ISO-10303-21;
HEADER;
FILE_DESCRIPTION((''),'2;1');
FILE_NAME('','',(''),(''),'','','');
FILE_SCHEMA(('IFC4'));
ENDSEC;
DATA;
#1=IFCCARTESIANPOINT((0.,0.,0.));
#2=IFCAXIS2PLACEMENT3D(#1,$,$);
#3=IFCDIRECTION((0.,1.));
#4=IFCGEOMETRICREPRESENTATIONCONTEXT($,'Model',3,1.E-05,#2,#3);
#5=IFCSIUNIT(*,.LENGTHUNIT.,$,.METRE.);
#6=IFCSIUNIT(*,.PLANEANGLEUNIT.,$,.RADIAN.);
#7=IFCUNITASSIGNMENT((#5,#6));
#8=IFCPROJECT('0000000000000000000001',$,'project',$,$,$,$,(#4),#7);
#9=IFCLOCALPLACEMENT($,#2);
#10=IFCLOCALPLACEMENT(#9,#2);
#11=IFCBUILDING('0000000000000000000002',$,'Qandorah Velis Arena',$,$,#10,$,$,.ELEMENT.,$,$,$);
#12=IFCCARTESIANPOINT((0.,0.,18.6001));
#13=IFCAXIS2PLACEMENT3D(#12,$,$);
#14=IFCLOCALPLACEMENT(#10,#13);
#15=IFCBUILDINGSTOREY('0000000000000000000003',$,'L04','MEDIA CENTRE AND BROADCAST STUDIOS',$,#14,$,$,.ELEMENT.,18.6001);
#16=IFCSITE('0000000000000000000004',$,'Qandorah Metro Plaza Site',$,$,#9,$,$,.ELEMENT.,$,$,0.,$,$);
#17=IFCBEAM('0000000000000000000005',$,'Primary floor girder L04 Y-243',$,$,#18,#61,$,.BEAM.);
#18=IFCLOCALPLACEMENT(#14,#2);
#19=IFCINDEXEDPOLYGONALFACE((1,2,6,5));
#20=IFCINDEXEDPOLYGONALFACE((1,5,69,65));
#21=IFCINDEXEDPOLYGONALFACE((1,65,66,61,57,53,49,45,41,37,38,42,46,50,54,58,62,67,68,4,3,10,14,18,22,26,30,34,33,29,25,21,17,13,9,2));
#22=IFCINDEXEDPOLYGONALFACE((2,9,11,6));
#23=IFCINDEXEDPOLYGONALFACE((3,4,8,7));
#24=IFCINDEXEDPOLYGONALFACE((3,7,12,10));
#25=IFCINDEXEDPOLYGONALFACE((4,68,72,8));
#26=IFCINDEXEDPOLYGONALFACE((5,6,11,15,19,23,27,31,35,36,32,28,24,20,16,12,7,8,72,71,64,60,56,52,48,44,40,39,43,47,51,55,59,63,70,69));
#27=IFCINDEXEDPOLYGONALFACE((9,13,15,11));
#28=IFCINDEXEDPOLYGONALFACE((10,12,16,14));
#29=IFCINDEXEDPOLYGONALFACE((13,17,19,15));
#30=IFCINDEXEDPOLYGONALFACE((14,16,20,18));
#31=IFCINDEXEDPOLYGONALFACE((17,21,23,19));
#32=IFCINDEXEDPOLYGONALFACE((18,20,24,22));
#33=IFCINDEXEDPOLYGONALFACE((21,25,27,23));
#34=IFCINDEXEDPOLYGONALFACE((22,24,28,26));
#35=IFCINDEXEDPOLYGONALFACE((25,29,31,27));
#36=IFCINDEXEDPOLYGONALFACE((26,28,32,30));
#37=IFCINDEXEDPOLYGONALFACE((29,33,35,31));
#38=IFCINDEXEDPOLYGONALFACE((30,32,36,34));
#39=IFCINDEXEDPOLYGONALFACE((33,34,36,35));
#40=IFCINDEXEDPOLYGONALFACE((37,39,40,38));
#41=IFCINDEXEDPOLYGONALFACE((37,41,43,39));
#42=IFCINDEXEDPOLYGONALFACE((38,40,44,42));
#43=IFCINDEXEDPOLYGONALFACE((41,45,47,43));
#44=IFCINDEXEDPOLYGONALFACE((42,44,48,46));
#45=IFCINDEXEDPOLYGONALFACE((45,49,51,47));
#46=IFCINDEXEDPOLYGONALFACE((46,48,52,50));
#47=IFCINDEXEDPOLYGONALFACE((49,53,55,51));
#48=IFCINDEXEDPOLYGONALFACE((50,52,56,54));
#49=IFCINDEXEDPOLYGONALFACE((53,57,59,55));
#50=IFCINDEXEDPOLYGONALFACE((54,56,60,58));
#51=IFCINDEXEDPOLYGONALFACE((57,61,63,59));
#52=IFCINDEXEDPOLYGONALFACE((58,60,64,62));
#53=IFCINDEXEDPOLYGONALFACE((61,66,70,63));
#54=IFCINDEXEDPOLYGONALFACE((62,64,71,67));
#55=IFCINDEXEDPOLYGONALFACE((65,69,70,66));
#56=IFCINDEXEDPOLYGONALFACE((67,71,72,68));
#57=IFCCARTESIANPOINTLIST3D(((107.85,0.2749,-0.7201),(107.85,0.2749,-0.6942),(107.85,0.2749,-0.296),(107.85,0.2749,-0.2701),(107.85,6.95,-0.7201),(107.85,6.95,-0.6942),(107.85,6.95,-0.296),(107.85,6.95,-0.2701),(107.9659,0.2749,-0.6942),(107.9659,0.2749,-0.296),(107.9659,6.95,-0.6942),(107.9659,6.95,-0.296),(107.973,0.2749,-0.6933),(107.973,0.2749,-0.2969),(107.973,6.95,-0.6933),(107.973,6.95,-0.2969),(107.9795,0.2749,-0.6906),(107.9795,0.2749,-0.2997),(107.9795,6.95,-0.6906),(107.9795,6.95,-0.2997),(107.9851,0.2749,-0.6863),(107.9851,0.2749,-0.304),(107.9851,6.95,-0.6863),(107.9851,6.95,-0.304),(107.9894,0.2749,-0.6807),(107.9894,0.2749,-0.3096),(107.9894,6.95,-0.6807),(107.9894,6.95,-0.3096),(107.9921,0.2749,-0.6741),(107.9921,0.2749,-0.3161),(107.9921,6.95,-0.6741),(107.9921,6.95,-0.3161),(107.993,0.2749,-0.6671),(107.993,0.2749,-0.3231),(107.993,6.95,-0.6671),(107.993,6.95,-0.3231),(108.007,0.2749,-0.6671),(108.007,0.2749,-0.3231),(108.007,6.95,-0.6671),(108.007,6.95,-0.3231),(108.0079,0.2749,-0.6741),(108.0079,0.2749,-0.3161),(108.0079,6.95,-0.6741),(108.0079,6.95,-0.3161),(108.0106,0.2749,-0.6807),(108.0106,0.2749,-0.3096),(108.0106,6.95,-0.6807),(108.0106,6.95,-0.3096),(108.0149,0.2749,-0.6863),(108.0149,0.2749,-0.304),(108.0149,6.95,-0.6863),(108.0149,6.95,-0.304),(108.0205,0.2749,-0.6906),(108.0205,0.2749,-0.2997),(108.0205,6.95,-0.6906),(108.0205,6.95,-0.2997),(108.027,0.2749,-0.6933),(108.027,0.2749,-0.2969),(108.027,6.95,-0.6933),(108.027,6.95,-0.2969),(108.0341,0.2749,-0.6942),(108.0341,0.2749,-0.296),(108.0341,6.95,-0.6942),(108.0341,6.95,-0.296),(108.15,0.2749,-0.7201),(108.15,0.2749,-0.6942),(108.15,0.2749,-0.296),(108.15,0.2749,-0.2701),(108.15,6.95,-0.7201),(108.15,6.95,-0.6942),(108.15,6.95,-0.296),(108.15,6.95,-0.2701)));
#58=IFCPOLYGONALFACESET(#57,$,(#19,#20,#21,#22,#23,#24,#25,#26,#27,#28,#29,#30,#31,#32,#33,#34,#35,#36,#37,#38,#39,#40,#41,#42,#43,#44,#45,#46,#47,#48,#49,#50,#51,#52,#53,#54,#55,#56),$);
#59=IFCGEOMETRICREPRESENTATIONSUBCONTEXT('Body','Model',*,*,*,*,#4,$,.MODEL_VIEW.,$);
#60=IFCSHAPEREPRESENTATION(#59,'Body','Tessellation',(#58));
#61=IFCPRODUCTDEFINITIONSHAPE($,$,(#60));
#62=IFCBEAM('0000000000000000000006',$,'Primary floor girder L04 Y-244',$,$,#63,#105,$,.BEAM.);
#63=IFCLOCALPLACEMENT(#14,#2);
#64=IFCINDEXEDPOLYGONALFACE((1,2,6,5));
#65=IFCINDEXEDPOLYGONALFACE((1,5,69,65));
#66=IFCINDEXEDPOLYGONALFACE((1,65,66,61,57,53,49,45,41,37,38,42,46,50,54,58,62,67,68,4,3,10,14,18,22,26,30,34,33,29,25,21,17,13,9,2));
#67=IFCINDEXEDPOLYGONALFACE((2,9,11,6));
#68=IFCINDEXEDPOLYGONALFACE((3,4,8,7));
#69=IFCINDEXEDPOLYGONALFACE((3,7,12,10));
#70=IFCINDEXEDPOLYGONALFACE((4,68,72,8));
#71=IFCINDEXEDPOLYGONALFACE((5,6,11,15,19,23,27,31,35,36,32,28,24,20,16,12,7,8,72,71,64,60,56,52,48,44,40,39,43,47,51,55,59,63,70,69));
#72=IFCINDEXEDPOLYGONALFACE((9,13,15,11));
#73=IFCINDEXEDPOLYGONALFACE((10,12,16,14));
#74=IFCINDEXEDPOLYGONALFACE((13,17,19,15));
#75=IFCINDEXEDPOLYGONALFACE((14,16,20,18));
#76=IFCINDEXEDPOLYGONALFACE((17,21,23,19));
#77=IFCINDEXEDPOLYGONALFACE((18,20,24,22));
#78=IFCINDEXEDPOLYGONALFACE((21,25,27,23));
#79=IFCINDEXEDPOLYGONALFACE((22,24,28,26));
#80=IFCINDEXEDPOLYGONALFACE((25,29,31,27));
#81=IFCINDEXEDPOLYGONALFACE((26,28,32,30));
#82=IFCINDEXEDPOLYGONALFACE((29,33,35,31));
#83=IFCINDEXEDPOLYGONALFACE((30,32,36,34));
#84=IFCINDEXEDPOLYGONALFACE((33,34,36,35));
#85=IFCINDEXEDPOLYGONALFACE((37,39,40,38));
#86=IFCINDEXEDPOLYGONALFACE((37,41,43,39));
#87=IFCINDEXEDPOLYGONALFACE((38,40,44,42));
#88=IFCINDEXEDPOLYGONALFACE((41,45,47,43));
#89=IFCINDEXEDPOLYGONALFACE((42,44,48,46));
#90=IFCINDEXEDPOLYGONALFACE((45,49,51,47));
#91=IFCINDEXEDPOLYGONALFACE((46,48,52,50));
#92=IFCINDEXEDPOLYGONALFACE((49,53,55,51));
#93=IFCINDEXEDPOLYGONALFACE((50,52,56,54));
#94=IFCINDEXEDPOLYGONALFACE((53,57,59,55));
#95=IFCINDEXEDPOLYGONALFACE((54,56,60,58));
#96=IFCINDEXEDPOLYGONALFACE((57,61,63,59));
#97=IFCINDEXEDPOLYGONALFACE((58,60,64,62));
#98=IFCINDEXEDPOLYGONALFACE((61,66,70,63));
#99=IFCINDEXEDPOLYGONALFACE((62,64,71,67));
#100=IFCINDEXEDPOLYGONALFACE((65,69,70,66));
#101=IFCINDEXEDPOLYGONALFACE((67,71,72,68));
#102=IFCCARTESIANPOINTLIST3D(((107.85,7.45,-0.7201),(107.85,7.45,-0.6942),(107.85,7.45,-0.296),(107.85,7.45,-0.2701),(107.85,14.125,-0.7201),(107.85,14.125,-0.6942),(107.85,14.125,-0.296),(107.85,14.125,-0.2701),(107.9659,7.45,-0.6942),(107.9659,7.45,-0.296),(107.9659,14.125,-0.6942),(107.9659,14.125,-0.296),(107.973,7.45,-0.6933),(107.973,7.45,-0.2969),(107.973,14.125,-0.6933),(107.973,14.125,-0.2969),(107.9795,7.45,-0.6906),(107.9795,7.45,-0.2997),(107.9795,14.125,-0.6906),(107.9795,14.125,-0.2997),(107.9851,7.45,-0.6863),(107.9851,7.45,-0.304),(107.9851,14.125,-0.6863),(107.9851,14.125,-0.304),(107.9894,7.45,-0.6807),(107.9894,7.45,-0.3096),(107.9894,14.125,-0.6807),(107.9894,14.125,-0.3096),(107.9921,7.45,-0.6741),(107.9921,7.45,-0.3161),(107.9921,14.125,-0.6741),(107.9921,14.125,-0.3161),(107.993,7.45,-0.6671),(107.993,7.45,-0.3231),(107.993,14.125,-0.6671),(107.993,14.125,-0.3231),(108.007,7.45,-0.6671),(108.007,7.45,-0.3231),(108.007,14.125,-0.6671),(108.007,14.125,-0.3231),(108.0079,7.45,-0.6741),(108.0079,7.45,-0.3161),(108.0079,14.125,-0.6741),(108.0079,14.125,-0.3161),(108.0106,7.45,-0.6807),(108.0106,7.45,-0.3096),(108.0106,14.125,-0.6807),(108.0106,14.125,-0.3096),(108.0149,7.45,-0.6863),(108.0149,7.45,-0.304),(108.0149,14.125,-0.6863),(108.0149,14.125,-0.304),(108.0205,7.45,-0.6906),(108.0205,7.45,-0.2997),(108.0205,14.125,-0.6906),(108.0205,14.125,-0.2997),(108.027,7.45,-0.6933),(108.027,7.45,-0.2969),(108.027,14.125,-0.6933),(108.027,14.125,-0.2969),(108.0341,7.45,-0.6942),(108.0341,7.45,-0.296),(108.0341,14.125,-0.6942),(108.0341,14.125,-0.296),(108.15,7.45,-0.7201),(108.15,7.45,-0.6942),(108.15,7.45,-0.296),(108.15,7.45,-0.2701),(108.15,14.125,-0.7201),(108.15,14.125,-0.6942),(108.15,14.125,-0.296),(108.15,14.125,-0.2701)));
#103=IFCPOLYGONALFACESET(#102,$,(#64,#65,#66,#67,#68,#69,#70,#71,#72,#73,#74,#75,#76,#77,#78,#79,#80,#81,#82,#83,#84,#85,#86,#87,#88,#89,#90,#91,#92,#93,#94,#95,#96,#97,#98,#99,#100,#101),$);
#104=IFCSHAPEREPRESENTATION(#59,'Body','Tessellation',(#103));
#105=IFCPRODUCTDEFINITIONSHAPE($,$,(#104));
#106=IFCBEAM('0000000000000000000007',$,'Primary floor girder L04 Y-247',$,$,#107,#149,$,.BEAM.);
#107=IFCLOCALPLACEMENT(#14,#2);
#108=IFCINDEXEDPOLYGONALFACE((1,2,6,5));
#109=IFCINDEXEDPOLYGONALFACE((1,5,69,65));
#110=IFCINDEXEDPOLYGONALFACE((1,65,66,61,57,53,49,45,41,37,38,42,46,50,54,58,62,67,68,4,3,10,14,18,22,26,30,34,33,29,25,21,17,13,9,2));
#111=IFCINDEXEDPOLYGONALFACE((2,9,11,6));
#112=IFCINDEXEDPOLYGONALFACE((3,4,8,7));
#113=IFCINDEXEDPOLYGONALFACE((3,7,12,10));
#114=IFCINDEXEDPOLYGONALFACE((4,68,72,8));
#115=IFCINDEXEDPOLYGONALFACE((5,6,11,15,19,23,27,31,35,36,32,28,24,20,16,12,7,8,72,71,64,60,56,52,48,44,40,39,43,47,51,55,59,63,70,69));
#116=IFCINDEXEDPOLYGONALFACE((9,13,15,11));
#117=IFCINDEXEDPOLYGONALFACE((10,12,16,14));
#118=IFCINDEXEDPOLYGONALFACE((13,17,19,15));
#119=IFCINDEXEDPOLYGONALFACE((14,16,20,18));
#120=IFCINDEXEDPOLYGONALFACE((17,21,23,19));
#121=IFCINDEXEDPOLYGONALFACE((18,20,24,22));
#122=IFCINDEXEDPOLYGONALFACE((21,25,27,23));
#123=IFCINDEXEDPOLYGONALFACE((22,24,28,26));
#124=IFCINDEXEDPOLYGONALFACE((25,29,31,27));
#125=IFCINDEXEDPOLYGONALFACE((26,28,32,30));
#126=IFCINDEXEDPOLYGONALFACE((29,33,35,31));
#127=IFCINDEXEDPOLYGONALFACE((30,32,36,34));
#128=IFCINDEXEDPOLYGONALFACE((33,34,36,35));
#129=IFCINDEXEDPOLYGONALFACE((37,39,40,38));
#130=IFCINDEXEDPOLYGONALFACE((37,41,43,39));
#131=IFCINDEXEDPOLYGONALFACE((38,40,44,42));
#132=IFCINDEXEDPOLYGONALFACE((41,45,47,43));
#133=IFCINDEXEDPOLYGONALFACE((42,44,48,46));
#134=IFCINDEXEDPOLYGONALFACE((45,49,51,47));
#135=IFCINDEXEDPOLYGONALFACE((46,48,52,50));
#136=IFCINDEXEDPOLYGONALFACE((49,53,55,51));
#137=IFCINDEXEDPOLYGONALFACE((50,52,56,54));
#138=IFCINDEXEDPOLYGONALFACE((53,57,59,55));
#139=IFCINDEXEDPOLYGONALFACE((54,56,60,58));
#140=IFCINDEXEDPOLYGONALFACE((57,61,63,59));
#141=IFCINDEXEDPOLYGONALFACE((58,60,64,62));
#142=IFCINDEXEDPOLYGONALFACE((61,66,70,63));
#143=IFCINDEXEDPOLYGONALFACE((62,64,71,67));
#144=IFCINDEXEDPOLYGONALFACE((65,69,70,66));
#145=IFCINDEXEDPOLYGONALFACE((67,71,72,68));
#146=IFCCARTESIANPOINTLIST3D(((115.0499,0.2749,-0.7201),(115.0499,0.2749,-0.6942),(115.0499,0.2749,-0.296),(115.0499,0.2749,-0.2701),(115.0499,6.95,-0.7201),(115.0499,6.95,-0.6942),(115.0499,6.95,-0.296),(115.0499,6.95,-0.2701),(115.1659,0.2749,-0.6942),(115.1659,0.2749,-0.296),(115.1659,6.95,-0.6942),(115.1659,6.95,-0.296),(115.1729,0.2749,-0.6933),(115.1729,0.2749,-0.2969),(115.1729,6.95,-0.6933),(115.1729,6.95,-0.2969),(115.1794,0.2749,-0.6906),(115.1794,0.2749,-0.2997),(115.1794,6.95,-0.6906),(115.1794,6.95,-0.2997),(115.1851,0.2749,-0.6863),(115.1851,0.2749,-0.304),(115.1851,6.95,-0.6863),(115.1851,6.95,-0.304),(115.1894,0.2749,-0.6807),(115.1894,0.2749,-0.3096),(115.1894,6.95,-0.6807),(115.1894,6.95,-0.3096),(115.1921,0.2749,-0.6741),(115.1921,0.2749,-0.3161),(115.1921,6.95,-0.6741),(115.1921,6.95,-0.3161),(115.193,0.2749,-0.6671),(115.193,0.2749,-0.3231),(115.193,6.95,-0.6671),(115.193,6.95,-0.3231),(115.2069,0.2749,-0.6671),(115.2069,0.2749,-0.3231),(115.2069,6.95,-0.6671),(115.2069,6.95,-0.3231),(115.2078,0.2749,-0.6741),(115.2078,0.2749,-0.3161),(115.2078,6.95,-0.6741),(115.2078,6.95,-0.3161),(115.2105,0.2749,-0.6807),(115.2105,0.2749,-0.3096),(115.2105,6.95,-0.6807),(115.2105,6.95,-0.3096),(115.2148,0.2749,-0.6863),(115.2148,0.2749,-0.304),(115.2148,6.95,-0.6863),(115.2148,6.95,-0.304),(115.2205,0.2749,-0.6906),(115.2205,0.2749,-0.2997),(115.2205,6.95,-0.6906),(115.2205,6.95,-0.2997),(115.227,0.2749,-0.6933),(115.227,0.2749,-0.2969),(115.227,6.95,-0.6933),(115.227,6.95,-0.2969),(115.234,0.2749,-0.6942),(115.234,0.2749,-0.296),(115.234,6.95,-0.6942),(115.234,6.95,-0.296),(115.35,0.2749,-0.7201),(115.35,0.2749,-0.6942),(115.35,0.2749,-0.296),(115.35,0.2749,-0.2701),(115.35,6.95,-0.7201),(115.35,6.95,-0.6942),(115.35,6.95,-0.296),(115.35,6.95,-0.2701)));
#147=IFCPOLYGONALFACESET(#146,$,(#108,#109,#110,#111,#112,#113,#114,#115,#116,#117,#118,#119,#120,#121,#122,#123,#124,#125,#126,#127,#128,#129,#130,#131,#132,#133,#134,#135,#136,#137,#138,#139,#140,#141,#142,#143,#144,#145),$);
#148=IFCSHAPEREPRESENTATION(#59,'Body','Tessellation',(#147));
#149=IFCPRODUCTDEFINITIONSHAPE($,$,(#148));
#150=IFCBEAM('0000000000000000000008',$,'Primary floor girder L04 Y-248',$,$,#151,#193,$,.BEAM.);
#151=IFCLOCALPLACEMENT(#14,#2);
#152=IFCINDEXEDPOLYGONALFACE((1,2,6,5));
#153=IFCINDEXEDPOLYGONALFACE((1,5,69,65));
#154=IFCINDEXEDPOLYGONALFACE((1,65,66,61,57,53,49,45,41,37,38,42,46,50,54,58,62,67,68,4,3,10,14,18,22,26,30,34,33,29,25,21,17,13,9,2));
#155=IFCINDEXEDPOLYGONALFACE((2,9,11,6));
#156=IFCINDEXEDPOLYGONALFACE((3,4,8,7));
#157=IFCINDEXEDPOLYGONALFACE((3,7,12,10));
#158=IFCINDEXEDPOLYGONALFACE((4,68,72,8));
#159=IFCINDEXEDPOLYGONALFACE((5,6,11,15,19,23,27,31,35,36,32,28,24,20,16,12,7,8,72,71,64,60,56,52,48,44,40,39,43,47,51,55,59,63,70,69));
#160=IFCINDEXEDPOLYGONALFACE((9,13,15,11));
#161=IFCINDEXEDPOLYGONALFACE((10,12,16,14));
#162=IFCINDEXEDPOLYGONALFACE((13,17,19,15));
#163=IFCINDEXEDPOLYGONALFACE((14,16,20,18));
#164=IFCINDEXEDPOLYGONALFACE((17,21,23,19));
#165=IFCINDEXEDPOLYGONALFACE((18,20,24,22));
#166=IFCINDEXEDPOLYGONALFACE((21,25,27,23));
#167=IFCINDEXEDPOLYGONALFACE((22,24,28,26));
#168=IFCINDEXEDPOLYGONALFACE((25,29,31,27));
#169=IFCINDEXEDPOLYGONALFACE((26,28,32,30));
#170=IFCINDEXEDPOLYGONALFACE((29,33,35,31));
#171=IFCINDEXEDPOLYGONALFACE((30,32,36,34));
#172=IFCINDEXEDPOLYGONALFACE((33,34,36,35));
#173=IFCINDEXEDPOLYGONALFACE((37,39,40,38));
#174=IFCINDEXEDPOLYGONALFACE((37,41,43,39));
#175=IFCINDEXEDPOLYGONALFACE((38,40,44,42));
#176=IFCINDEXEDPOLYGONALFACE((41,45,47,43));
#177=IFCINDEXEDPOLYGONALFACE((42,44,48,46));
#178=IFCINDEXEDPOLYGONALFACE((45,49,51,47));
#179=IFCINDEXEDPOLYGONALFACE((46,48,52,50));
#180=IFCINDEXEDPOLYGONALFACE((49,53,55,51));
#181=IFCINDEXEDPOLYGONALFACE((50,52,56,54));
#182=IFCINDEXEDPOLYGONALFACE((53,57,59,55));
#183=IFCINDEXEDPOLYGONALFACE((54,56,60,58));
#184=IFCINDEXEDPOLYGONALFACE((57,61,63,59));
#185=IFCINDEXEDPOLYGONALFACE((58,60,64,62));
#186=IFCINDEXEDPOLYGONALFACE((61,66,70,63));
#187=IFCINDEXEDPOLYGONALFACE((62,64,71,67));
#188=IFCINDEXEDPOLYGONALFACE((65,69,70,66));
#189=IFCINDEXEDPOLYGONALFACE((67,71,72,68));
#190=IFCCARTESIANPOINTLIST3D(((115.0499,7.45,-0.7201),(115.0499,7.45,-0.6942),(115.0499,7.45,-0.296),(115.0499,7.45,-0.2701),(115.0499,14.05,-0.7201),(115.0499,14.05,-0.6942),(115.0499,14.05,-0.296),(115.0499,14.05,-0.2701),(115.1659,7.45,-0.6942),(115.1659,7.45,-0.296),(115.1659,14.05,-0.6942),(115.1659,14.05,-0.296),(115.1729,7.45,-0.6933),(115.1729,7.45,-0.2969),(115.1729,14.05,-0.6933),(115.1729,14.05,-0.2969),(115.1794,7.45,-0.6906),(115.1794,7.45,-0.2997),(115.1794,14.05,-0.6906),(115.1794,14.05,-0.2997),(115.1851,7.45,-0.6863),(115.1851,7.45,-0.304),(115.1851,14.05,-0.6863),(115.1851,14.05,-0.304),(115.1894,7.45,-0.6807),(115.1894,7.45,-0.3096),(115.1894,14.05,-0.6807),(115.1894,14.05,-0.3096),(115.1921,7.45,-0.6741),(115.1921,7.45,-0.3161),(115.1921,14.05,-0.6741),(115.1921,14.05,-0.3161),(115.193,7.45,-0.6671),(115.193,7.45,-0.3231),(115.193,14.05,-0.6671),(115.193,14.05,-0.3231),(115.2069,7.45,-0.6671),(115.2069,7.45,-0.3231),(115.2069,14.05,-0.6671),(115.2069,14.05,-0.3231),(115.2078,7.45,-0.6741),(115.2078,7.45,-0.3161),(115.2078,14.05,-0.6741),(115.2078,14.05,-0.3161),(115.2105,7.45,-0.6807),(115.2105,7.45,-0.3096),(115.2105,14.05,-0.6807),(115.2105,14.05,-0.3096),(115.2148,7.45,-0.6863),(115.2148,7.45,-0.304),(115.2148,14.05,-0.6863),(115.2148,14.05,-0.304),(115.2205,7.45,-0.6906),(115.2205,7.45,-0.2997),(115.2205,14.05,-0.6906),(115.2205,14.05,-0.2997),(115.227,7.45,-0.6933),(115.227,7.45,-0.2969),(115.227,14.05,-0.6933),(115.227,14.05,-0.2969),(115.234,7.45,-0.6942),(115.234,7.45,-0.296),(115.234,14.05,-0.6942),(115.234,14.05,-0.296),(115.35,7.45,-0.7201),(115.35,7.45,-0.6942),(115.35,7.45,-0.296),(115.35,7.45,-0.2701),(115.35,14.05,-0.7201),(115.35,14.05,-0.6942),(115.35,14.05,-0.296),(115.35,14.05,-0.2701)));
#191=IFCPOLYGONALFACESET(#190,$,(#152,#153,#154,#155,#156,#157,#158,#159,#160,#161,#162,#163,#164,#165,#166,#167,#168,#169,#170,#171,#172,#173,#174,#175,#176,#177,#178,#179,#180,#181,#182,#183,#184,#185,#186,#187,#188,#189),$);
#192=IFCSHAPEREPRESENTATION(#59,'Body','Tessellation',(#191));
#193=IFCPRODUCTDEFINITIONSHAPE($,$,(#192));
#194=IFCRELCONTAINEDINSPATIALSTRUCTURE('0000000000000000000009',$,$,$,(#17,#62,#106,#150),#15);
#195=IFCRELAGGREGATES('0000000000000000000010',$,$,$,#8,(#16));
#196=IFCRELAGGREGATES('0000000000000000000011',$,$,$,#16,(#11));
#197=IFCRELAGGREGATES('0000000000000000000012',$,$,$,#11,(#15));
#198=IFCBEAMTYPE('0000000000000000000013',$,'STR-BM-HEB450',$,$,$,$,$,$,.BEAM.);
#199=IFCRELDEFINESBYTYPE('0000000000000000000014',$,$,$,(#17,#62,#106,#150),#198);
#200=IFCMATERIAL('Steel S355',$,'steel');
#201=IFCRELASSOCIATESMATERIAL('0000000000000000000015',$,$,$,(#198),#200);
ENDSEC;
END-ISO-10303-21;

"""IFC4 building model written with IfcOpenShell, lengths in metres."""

from ifc_helpers import new_model, si_unit, direction, frame, origin, origin_2d, place, context, subcontext, project, spatial, i_section, extrude, material, material_profile, profile_set, type_object, element, save


model = new_model("IFC4")

# Units and contexts
model_context = context("Model", 3, precision=1e-05, world=origin(), true_north=direction((0.0, 1.0)))
body_context = subcontext(model_context, "Body", "Model", "MODEL_VIEW")
ifc_project = project(units=[si_unit("LENGTHUNIT", "METRE"), si_unit("PLANEANGLEUNIT", "RADIAN")], contexts=[model_context])

# Site, building, storey
site_placement = place(None, origin())
site = spatial("IfcSite", under=ifc_project, at=site_placement, Name="Qandorah Metro Plaza Site", CompositionType="ELEMENT", RefElevation=0.0)
building_placement = place(site_placement, origin())
building = spatial("IfcBuilding", under=site, at=building_placement, Name="Qandorah Velis Arena", CompositionType="ELEMENT")
storey_placement = place(building_placement, frame((0.0, 0.0, 18.6001)))
storey = spatial("IfcBuildingStorey", under=building, at=storey_placement, Name="L04", Description="MEDIA CENTRE AND BROADCAST STUDIOS", CompositionType="ELEMENT", Elevation=18.6001)

# Beams
ifc_material_1 = material(Name="Steel S355", Category="steel")
ifc_material_profile_1 = material_profile(ifc_material_1, i_section(OverallWidth=0.3, OverallDepth=0.45, WebThickness=0.0139, FlangeThickness=0.0259, FilletRadius=0.0271, at=origin_2d()), Name="HEB 450")
ifc_profile_set_1 = profile_set([ifc_material_profile_1], Name="Steel S355")
beam_type_1 = type_object("IfcBeamType", Name="STR-BM-HEB450", PredefinedType="BEAM", material=ifc_profile_set_1)
for number, where, z_axis, x_axis, name in (
    (1, (108.0, 0.2749, -0.4951), (0.0, 1.0, 0.0), (-1.0, 0.0, 0.0), "Primary floor girder L04 Y-243"),
    (2, (108.0, 7.45, -0.4951), (0.0, 1.0, 0.0), (-1.0, 0.0, 0.0), "Primary floor girder L04 Y-244"),
    (3, (115.2, 0.2749, -0.4951), (0.0, 1.0, 0.0), (-1.0, 0.0, 0.0), "Primary floor girder L04 Y-247"),
):
    element("IfcBeam", number, at=place(storey_placement, frame(where, z_axis=z_axis, x_axis=x_axis)), inside=storey, type_object=beam_type_1, Name=name, PredefinedType="BEAM", context=body_context, shape_type="SweptSolid", body=[
        extrude(i_section(OverallWidth=0.3, OverallDepth=0.45, WebThickness=0.0139, FlangeThickness=0.0259, FilletRadius=0.0271, at=origin_2d()), origin(), (0.0, 0.0, 1.0), 6.675),
    ])
beam_1_placement = place(storey_placement, frame((115.2, 7.45, -0.4951), z_axis=(0.0, 1.0, 0.0), x_axis=(-1.0, 0.0, 0.0)))
element("IfcBeam", 4, at=beam_1_placement, inside=storey, type_object=beam_type_1, Name="Primary floor girder L04 Y-248", PredefinedType="BEAM", context=body_context, shape_type="SweptSolid", body=[
    extrude(i_section(OverallWidth=0.3, OverallDepth=0.45, WebThickness=0.0139, FlangeThickness=0.0259, FilletRadius=0.0271, at=origin_2d()), origin(), (0.0, 0.0, 1.0), 6.6001),
])

save(model, "model.ifc")
